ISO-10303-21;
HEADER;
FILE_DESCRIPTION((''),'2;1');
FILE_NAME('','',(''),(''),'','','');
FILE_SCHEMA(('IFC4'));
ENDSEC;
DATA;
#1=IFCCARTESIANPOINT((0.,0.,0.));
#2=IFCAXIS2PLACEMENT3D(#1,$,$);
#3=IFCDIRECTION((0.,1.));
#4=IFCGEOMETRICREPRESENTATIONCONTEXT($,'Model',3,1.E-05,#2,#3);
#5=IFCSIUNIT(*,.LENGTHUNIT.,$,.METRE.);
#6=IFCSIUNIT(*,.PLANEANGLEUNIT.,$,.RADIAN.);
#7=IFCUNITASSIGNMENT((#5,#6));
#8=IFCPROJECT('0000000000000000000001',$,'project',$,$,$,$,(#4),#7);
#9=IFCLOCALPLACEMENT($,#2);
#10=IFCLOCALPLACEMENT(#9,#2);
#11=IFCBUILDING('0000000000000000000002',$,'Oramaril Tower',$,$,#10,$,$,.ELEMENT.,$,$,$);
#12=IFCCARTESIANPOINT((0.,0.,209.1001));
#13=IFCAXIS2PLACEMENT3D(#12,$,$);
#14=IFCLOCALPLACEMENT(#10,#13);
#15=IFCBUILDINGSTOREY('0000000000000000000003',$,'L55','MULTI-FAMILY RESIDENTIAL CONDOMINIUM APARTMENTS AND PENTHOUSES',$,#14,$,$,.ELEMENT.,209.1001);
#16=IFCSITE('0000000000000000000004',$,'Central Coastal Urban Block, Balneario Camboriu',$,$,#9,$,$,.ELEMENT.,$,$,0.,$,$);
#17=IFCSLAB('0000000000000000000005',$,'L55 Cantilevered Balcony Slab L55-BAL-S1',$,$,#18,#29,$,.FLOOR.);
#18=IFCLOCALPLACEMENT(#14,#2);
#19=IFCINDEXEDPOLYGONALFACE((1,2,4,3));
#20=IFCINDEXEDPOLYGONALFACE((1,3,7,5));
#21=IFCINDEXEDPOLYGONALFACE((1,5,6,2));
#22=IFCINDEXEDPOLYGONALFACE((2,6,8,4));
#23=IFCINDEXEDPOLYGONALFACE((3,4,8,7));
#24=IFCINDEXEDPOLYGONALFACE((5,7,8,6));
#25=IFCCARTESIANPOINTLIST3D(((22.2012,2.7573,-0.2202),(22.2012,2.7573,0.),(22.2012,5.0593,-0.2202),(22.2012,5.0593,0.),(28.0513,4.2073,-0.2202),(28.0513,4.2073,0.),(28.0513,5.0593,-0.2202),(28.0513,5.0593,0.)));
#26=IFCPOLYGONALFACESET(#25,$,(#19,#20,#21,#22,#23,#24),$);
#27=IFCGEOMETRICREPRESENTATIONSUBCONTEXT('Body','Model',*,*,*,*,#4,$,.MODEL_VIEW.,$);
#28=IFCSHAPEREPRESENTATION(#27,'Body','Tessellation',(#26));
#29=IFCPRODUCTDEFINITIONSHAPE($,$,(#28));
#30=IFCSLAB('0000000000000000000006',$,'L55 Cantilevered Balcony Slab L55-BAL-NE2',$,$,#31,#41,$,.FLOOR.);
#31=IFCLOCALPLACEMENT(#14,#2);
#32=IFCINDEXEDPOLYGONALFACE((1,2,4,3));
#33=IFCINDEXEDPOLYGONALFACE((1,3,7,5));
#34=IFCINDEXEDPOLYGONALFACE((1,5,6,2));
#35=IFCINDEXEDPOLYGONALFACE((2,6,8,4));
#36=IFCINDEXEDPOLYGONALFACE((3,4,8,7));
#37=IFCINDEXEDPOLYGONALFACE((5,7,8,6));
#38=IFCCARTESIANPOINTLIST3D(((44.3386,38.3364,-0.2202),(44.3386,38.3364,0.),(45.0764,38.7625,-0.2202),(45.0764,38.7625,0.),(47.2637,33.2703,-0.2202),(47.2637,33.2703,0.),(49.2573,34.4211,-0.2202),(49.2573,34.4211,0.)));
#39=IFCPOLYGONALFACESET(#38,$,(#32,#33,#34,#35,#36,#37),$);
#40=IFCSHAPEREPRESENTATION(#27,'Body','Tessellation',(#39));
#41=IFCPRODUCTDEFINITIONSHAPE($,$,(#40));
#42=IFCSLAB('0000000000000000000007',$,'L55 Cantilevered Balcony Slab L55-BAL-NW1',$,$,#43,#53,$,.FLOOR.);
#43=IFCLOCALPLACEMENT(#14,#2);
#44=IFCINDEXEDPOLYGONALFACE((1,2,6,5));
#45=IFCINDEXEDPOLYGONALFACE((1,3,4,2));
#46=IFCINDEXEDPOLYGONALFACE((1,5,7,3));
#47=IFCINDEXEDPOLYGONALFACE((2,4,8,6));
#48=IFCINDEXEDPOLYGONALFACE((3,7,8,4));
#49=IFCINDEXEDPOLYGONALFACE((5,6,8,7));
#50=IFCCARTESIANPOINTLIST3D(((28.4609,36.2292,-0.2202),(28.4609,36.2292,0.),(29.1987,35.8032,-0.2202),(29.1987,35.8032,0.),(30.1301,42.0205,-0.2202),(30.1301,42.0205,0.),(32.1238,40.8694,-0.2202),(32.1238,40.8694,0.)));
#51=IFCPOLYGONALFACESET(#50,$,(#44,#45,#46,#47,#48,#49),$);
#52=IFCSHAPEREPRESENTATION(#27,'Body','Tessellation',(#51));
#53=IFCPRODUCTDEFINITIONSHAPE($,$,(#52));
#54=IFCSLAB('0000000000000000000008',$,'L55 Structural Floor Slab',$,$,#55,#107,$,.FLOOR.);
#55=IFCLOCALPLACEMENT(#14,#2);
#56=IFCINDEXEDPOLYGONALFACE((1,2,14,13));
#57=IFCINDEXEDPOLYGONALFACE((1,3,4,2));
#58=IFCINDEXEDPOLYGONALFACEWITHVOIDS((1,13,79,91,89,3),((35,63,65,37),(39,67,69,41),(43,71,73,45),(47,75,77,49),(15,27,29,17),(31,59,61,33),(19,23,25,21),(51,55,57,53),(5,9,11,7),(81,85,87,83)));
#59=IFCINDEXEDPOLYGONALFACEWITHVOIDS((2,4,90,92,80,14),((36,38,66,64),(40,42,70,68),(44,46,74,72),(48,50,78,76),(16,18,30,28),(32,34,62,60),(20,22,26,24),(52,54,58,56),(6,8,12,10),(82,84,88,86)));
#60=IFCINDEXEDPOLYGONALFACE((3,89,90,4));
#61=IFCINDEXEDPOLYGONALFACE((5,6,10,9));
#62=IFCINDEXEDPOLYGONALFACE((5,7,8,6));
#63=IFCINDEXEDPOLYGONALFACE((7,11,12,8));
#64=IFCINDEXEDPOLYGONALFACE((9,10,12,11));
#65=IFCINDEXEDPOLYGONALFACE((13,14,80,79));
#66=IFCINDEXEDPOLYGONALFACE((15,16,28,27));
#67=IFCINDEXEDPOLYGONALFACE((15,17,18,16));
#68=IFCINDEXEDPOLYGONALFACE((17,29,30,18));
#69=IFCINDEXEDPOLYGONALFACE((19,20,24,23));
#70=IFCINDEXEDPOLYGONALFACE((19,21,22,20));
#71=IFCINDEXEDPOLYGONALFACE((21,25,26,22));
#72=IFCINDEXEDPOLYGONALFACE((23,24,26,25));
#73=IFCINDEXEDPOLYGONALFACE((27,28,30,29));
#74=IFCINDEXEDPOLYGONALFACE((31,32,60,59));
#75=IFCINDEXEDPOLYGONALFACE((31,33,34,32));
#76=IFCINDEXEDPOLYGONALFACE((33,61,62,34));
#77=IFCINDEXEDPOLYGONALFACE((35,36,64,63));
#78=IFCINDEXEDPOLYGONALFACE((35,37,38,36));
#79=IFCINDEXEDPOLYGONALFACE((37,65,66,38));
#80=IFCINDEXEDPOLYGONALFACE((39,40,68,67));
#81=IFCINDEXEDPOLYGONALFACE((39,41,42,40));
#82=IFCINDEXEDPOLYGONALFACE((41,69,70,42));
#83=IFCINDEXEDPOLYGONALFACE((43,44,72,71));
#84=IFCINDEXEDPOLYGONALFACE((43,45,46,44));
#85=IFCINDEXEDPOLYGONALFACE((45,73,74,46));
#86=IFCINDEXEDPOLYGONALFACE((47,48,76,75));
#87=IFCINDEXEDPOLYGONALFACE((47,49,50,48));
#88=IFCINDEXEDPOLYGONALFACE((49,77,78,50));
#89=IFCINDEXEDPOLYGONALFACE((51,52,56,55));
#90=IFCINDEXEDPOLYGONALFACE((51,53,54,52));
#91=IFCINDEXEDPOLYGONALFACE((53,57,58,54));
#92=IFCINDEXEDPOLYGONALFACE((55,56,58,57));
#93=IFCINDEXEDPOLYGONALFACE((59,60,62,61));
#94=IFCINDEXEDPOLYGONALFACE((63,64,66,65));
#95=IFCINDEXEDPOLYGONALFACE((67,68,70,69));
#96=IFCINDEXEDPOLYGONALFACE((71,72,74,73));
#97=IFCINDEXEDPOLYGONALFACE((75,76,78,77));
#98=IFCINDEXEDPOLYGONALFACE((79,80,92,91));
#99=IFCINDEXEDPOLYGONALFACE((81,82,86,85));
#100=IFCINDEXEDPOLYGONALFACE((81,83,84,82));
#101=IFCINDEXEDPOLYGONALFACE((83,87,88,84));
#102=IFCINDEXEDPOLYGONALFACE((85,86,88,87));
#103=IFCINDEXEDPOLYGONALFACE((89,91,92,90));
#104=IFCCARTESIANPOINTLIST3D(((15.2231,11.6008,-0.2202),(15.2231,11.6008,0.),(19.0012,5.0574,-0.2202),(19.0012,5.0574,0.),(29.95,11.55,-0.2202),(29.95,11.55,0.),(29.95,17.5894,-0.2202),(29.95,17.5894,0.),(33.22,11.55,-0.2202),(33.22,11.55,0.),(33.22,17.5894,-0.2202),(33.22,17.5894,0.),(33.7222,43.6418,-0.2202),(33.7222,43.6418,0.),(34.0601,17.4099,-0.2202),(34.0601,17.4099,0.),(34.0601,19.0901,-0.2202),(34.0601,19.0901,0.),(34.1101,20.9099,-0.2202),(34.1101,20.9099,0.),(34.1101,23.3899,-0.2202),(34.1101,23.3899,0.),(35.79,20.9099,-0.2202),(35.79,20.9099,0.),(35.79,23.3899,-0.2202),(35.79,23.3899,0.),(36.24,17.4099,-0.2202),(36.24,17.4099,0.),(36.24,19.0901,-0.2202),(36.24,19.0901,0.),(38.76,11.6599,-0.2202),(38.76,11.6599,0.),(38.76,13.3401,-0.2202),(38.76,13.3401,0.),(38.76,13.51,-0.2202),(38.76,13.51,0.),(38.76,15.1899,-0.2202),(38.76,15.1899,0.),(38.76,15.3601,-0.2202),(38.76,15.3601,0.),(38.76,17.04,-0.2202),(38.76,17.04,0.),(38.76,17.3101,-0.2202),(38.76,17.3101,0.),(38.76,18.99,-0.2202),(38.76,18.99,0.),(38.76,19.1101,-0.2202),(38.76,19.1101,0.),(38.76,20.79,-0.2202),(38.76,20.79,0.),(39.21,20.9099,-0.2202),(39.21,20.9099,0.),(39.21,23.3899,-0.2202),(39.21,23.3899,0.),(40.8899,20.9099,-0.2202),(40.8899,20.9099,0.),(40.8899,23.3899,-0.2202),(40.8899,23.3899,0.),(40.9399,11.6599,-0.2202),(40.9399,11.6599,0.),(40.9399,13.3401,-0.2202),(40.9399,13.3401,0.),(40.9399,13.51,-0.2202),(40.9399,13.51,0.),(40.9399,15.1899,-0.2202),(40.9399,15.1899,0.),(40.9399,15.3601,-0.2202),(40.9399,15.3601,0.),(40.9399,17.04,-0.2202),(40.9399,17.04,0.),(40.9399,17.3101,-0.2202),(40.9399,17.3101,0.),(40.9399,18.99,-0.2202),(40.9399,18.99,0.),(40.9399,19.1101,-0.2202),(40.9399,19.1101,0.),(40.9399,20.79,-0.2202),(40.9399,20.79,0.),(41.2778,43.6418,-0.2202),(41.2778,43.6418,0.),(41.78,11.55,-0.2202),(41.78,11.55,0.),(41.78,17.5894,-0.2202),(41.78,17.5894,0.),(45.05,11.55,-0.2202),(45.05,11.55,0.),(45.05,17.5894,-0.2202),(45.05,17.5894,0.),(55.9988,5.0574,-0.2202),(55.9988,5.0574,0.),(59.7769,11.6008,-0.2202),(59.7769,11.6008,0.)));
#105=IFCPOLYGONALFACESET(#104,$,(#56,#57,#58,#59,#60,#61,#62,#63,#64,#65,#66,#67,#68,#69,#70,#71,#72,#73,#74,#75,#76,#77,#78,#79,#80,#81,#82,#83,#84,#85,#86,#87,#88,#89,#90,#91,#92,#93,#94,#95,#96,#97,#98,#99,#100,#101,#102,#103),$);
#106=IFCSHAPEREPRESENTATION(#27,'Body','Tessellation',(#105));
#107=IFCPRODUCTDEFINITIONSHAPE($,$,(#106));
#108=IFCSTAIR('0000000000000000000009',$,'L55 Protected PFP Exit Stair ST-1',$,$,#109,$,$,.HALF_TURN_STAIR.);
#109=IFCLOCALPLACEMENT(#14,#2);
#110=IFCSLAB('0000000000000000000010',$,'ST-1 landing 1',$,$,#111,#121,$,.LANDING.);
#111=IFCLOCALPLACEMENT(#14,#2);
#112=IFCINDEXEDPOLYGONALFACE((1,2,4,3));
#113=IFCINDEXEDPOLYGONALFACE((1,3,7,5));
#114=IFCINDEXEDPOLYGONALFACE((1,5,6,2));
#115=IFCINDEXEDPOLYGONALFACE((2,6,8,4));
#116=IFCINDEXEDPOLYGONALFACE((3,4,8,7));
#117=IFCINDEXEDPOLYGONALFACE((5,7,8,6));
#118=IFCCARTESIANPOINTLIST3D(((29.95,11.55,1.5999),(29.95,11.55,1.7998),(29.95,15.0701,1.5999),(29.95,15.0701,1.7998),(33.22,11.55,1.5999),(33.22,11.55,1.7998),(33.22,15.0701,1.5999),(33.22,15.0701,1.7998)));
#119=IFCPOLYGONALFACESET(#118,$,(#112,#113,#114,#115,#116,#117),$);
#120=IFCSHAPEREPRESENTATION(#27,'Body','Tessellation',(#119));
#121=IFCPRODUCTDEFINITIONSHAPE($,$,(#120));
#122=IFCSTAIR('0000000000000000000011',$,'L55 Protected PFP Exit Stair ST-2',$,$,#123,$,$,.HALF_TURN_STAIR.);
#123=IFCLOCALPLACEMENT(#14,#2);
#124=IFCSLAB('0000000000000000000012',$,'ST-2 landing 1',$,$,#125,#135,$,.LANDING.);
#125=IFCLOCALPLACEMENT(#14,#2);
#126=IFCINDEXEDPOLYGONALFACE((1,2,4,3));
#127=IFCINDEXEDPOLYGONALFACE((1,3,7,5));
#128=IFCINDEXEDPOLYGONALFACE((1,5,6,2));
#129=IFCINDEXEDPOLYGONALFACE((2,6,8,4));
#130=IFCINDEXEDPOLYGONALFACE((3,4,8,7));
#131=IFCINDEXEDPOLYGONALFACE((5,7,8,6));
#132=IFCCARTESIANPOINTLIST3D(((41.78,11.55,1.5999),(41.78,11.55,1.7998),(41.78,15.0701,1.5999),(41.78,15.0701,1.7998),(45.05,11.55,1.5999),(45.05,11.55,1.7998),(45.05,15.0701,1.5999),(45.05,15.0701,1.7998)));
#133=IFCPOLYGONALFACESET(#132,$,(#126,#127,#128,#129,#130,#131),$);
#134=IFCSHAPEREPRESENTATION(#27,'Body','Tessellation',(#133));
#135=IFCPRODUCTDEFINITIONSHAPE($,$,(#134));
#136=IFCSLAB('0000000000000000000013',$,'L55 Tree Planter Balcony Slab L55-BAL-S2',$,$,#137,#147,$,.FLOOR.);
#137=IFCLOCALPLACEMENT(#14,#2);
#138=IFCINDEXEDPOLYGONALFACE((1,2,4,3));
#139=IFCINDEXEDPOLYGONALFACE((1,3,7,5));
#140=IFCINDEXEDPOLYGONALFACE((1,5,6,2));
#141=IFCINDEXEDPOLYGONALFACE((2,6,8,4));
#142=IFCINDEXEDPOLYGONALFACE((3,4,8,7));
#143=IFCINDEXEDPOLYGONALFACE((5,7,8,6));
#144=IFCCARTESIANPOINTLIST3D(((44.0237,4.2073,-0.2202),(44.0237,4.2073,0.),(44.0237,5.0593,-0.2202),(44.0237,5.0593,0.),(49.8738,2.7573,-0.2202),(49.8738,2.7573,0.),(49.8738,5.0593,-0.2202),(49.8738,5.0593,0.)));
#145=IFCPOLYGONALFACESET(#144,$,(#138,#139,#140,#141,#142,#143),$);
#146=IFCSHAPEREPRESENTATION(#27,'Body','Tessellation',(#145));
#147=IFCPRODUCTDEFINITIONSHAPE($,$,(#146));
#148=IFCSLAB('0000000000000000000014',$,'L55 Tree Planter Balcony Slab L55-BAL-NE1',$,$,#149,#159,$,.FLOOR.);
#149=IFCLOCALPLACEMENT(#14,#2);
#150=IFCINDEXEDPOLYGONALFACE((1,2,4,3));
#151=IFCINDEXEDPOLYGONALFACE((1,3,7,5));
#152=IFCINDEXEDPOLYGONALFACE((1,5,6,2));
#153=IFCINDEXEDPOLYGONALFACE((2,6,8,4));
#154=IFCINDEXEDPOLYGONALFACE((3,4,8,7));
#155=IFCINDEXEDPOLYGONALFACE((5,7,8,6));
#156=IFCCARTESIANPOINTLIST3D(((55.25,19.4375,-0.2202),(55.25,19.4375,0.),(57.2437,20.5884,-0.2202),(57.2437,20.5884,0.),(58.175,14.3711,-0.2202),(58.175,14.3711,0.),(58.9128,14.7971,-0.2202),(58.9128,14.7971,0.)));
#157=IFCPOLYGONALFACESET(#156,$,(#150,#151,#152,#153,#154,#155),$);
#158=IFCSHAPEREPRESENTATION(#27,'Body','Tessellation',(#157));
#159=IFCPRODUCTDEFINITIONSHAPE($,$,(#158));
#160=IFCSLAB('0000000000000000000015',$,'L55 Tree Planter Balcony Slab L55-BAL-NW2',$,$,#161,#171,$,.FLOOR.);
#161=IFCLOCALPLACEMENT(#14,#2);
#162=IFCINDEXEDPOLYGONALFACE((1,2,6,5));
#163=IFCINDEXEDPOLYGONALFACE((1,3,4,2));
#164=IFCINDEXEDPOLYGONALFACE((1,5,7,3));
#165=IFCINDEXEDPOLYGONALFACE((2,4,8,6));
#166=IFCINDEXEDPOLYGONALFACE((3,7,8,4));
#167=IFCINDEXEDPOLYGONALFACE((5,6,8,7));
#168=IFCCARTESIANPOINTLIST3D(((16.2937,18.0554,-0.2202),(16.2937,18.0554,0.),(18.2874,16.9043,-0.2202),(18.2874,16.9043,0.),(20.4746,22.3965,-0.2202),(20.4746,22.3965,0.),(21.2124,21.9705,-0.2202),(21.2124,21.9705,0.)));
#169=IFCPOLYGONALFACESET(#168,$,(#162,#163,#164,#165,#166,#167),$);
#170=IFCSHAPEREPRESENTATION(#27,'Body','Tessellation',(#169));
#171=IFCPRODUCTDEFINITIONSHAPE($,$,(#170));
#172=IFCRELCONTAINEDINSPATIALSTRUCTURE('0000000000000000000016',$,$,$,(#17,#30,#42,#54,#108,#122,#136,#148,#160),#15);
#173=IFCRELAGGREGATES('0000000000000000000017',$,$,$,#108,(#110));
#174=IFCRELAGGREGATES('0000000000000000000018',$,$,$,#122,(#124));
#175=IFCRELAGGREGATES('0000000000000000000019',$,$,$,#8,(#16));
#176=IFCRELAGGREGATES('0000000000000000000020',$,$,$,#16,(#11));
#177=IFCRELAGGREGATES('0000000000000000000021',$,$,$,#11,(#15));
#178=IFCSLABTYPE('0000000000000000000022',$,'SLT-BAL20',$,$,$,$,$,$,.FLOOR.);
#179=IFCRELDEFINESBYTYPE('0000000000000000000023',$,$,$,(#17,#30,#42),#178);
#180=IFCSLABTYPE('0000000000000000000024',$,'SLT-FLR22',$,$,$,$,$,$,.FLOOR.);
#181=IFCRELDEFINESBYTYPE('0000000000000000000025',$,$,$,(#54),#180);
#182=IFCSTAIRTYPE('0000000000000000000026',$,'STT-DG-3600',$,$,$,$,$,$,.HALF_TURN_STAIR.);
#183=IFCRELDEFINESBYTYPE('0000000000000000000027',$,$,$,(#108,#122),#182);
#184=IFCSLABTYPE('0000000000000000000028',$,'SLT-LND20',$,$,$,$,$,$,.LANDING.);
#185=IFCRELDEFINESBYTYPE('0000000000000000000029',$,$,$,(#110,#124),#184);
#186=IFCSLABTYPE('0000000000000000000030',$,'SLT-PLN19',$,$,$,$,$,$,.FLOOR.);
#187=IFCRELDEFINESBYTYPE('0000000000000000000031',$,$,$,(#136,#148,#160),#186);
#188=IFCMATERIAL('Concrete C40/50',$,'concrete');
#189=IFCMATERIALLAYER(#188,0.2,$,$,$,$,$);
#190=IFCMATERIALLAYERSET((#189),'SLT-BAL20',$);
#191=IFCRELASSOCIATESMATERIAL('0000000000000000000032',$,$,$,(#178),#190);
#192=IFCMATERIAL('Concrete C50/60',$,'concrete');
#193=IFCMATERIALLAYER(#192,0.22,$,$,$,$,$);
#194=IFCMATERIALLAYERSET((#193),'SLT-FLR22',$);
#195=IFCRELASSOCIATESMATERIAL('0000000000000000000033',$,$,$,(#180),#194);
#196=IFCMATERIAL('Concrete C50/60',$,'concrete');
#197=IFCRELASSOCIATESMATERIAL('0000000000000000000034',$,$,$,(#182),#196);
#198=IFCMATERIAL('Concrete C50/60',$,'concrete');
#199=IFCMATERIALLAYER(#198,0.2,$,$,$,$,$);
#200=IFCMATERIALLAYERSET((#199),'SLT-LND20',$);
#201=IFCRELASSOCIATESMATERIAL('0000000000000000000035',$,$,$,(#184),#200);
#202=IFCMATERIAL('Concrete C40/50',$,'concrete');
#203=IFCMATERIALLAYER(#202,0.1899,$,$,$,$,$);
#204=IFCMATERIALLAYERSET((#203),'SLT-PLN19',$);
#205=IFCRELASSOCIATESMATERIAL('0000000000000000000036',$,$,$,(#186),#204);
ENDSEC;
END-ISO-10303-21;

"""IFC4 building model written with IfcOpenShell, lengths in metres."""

from ifc_helpers import new_model, si_unit, direction, frame, origin, place, context, subcontext, project, spatial, polyline, outline, extrude, material, layer, layer_set, type_object, element, aggregate, save


model = new_model("IFC4")

# Units and contexts
model_context = context("Model", 3, precision=1e-05, world=origin(), true_north=direction((0.0, 1.0)))
body_context = subcontext(model_context, "Body", "Model", "MODEL_VIEW")
ifc_project = project(units=[si_unit("LENGTHUNIT", "METRE"), si_unit("PLANEANGLEUNIT", "RADIAN")], contexts=[model_context])

# Site, building, storey
site_placement = place(None, origin())
site = spatial("IfcSite", under=ifc_project, at=site_placement, Name="Central Coastal Urban Block, Balneario Camboriu", CompositionType="ELEMENT", RefElevation=0.0)
building_placement = place(site_placement, origin())
building = spatial("IfcBuilding", under=site, at=building_placement, Name="Oramaril Tower", CompositionType="ELEMENT")
storey_placement = place(building_placement, frame((0.0, 0.0, 209.1001)))
storey = spatial("IfcBuildingStorey", under=building, at=storey_placement, Name="L55", Description="MULTI-FAMILY RESIDENTIAL CONDOMINIUM APARTMENTS AND PENTHOUSES", CompositionType="ELEMENT", Elevation=209.1001)

# Slabs
ifc_material_1 = material(Name="Concrete C40/50", Category="concrete")
ifc_layer_1 = layer(ifc_material_1, 0.2)
ifc_layer_set_1 = layer_set([ifc_layer_1], Name="SLT-BAL20")
slab_type_1 = type_object("IfcSlabType", Name="SLT-BAL20", PredefinedType="FLOOR", material=ifc_layer_set_1)
slab_1_placement = place(storey_placement, frame((0.0, 0.0, -0.2202)))
element("IfcSlab", 1, at=slab_1_placement, inside=storey, type_object=slab_type_1, Name="L55 Cantilevered Balcony Slab L55-BAL-S1", PredefinedType="FLOOR", context=body_context, shape_type="SweptSolid", body=[
    extrude(outline(polyline([(22.2012, 5.0593), (28.0513, 5.0593), (28.0513, 4.2073), (22.2012, 2.7573), (22.2012, 5.0593)])), origin(), (0.0, 0.0, 1.0), 0.2202),
])
slab_2_placement = place(storey_placement, frame((0.0, 0.0, -0.2202)))
element("IfcSlab", 2, at=slab_2_placement, inside=storey, type_object=slab_type_1, Name="L55 Cantilevered Balcony Slab L55-BAL-NE2", PredefinedType="FLOOR", context=body_context, shape_type="SweptSolid", body=[
    extrude(outline(polyline([(47.2637, 33.2703), (44.3386, 38.3364), (45.0764, 38.7625), (49.2573, 34.4211), (47.2637, 33.2703)])), origin(), (0.0, 0.0, 1.0), 0.2202),
])
slab_3_placement = place(storey_placement, frame((0.0, 0.0, -0.2202)))
element("IfcSlab", 3, at=slab_3_placement, inside=storey, type_object=slab_type_1, Name="L55 Cantilevered Balcony Slab L55-BAL-NW1", PredefinedType="FLOOR", context=body_context, shape_type="SweptSolid", body=[
    extrude(outline(polyline([(32.1238, 40.8694), (29.1987, 35.8032), (28.4609, 36.2292), (30.1301, 42.0205), (32.1238, 40.8694)])), origin(), (0.0, 0.0, 1.0), 0.2202),
])
ifc_material_2 = material(Name="Concrete C50/60", Category="concrete")
ifc_layer_2 = layer(ifc_material_2, 0.22)
ifc_layer_set_2 = layer_set([ifc_layer_2], Name="SLT-FLR22")
slab_type_2 = type_object("IfcSlabType", Name="SLT-FLR22", PredefinedType="FLOOR", material=ifc_layer_set_2)
slab_4_placement = place(storey_placement, frame((0.0, 0.0, -0.2202)))
element("IfcSlab", 4, at=slab_4_placement, inside=storey, type_object=slab_type_2, Name="L55 Structural Floor Slab", PredefinedType="FLOOR", context=body_context, shape_type="SweptSolid", body=[
    extrude(outline(polyline([(15.2231, 11.6008), (19.0012, 5.0574), (55.9988, 5.0574), (59.7769, 11.6008), (41.2778, 43.6418), (33.7222, 43.6418), (15.2231, 11.6008)]), holes=[polyline([(29.95, 17.5894), (29.95, 11.55), (33.22, 11.55), (33.22, 17.5894), (29.95, 17.5894)]), polyline([(41.78, 17.5894), (41.78, 11.55), (45.05, 11.55), (45.05, 17.5894), (41.78, 17.5894)]), polyline([(34.1101, 20.9099), (35.79, 20.9099), (35.79, 23.3899), (34.1101, 23.3899), (34.1101, 20.9099)]), polyline([(39.21, 20.9099), (40.8899, 20.9099), (40.8899, 23.3899), (39.21, 23.3899), (39.21, 20.9099)]), polyline([(38.76, 11.6599), (40.9399, 11.6599), (40.9399, 13.3401), (38.76, 13.3401), (38.76, 11.6599)]), polyline([(38.76, 13.51), (40.9399, 13.51), (40.9399, 15.1899), (38.76, 15.1899), (38.76, 13.51)]), polyline([(38.76, 15.3601), (40.9399, 15.3601), (40.9399, 17.04), (38.76, 17.04), (38.76, 15.3601)]), polyline([(34.0601, 17.4099), (36.24, 17.4099), (36.24, 19.0901), (34.0601, 19.0901), (34.0601, 17.4099)]), polyline([(38.76, 17.3101), (40.9399, 17.3101), (40.9399, 18.99), (38.76, 18.99), (38.76, 17.3101)]), polyline([(38.76, 19.1101), (40.9399, 19.1101), (40.9399, 20.79), (38.76, 20.79), (38.76, 19.1101)])]), origin(), (0.0, 0.0, 1.0), 0.2202),
])

# Stairs, slabs
ifc_material_3 = material(Name="Concrete C50/60", Category="concrete")
stair_type = type_object("IfcStairType", Name="STT-DG-3600", PredefinedType="HALF_TURN_STAIR", material=ifc_material_3)
stair_1_placement = place(storey_placement, origin())
stair_1 = element("IfcStair", 5, at=stair_1_placement, inside=storey, type_object=stair_type, Name="L55 Protected PFP Exit Stair ST-1", PredefinedType="HALF_TURN_STAIR")
ifc_material_4 = material(Name="Concrete C50/60", Category="concrete")
ifc_layer_3 = layer(ifc_material_4, 0.2)
ifc_layer_set_3 = layer_set([ifc_layer_3], Name="SLT-LND20")
slab_type_3 = type_object("IfcSlabType", Name="SLT-LND20", PredefinedType="LANDING", material=ifc_layer_set_3)
slab_5_placement = place(storey_placement, frame((0.0, 0.0, 1.5999)))
slab_5 = element("IfcSlab", 6, at=slab_5_placement, type_object=slab_type_3, Name="ST-1 landing 1", PredefinedType="LANDING", context=body_context, shape_type="SweptSolid", body=[
    extrude(outline(polyline([(29.95, 15.0701), (29.95, 11.55), (33.22, 11.55), (33.22, 15.0701), (29.95, 15.0701)])), origin(), (0.0, 0.0, 1.0), 0.2),
])
aggregate(stair_1, [slab_5])
stair_2_placement = place(storey_placement, origin())
stair_2 = element("IfcStair", 7, at=stair_2_placement, inside=storey, type_object=stair_type, Name="L55 Protected PFP Exit Stair ST-2", PredefinedType="HALF_TURN_STAIR")
slab_6_placement = place(storey_placement, frame((0.0, 0.0, 1.5999)))
slab_6 = element("IfcSlab", 8, at=slab_6_placement, type_object=slab_type_3, Name="ST-2 landing 1", PredefinedType="LANDING", context=body_context, shape_type="SweptSolid", body=[
    extrude(outline(polyline([(41.78, 15.0701), (41.78, 11.55), (45.05, 11.55), (45.05, 15.0701), (41.78, 15.0701)])), origin(), (0.0, 0.0, 1.0), 0.2),
])
aggregate(stair_2, [slab_6])

# Slabs
ifc_material_5 = material(Name="Concrete C40/50", Category="concrete")
ifc_layer_4 = layer(ifc_material_5, 0.1899)
ifc_layer_set_4 = layer_set([ifc_layer_4], Name="SLT-PLN19")
slab_type_4 = type_object("IfcSlabType", Name="SLT-PLN19", PredefinedType="FLOOR", material=ifc_layer_set_4)
slab_7_placement = place(storey_placement, frame((0.0, 0.0, -0.2202)))
element("IfcSlab", 9, at=slab_7_placement, inside=storey, type_object=slab_type_4, Name="L55 Tree Planter Balcony Slab L55-BAL-S2", PredefinedType="FLOOR", context=body_context, shape_type="SweptSolid", body=[
    extrude(outline(polyline([(44.0237, 5.0593), (49.8738, 5.0593), (49.8738, 2.7573), (44.0237, 4.2073), (44.0237, 5.0593)])), origin(), (0.0, 0.0, 1.0), 0.2202),
])
slab_8_placement = place(storey_placement, frame((0.0, 0.0, -0.2202)))
element("IfcSlab", 10, at=slab_8_placement, inside=storey, type_object=slab_type_4, Name="L55 Tree Planter Balcony Slab L55-BAL-NE1", PredefinedType="FLOOR", context=body_context, shape_type="SweptSolid", body=[
    extrude(outline(polyline([(58.175, 14.3711), (55.25, 19.4375), (57.2437, 20.5884), (58.9128, 14.7971), (58.175, 14.3711)])), origin(), (0.0, 0.0, 1.0), 0.2202),
])
slab_9_placement = place(storey_placement, frame((0.0, 0.0, -0.2202)))
element("IfcSlab", 11, at=slab_9_placement, inside=storey, type_object=slab_type_4, Name="L55 Tree Planter Balcony Slab L55-BAL-NW2", PredefinedType="FLOOR", context=body_context, shape_type="SweptSolid", body=[
    extrude(outline(polyline([(21.2124, 21.9705), (18.2874, 16.9043), (16.2937, 18.0554), (20.4746, 22.3965), (21.2124, 21.9705)])), origin(), (0.0, 0.0, 1.0), 0.2202),
])

save(model, "model.ifc")
